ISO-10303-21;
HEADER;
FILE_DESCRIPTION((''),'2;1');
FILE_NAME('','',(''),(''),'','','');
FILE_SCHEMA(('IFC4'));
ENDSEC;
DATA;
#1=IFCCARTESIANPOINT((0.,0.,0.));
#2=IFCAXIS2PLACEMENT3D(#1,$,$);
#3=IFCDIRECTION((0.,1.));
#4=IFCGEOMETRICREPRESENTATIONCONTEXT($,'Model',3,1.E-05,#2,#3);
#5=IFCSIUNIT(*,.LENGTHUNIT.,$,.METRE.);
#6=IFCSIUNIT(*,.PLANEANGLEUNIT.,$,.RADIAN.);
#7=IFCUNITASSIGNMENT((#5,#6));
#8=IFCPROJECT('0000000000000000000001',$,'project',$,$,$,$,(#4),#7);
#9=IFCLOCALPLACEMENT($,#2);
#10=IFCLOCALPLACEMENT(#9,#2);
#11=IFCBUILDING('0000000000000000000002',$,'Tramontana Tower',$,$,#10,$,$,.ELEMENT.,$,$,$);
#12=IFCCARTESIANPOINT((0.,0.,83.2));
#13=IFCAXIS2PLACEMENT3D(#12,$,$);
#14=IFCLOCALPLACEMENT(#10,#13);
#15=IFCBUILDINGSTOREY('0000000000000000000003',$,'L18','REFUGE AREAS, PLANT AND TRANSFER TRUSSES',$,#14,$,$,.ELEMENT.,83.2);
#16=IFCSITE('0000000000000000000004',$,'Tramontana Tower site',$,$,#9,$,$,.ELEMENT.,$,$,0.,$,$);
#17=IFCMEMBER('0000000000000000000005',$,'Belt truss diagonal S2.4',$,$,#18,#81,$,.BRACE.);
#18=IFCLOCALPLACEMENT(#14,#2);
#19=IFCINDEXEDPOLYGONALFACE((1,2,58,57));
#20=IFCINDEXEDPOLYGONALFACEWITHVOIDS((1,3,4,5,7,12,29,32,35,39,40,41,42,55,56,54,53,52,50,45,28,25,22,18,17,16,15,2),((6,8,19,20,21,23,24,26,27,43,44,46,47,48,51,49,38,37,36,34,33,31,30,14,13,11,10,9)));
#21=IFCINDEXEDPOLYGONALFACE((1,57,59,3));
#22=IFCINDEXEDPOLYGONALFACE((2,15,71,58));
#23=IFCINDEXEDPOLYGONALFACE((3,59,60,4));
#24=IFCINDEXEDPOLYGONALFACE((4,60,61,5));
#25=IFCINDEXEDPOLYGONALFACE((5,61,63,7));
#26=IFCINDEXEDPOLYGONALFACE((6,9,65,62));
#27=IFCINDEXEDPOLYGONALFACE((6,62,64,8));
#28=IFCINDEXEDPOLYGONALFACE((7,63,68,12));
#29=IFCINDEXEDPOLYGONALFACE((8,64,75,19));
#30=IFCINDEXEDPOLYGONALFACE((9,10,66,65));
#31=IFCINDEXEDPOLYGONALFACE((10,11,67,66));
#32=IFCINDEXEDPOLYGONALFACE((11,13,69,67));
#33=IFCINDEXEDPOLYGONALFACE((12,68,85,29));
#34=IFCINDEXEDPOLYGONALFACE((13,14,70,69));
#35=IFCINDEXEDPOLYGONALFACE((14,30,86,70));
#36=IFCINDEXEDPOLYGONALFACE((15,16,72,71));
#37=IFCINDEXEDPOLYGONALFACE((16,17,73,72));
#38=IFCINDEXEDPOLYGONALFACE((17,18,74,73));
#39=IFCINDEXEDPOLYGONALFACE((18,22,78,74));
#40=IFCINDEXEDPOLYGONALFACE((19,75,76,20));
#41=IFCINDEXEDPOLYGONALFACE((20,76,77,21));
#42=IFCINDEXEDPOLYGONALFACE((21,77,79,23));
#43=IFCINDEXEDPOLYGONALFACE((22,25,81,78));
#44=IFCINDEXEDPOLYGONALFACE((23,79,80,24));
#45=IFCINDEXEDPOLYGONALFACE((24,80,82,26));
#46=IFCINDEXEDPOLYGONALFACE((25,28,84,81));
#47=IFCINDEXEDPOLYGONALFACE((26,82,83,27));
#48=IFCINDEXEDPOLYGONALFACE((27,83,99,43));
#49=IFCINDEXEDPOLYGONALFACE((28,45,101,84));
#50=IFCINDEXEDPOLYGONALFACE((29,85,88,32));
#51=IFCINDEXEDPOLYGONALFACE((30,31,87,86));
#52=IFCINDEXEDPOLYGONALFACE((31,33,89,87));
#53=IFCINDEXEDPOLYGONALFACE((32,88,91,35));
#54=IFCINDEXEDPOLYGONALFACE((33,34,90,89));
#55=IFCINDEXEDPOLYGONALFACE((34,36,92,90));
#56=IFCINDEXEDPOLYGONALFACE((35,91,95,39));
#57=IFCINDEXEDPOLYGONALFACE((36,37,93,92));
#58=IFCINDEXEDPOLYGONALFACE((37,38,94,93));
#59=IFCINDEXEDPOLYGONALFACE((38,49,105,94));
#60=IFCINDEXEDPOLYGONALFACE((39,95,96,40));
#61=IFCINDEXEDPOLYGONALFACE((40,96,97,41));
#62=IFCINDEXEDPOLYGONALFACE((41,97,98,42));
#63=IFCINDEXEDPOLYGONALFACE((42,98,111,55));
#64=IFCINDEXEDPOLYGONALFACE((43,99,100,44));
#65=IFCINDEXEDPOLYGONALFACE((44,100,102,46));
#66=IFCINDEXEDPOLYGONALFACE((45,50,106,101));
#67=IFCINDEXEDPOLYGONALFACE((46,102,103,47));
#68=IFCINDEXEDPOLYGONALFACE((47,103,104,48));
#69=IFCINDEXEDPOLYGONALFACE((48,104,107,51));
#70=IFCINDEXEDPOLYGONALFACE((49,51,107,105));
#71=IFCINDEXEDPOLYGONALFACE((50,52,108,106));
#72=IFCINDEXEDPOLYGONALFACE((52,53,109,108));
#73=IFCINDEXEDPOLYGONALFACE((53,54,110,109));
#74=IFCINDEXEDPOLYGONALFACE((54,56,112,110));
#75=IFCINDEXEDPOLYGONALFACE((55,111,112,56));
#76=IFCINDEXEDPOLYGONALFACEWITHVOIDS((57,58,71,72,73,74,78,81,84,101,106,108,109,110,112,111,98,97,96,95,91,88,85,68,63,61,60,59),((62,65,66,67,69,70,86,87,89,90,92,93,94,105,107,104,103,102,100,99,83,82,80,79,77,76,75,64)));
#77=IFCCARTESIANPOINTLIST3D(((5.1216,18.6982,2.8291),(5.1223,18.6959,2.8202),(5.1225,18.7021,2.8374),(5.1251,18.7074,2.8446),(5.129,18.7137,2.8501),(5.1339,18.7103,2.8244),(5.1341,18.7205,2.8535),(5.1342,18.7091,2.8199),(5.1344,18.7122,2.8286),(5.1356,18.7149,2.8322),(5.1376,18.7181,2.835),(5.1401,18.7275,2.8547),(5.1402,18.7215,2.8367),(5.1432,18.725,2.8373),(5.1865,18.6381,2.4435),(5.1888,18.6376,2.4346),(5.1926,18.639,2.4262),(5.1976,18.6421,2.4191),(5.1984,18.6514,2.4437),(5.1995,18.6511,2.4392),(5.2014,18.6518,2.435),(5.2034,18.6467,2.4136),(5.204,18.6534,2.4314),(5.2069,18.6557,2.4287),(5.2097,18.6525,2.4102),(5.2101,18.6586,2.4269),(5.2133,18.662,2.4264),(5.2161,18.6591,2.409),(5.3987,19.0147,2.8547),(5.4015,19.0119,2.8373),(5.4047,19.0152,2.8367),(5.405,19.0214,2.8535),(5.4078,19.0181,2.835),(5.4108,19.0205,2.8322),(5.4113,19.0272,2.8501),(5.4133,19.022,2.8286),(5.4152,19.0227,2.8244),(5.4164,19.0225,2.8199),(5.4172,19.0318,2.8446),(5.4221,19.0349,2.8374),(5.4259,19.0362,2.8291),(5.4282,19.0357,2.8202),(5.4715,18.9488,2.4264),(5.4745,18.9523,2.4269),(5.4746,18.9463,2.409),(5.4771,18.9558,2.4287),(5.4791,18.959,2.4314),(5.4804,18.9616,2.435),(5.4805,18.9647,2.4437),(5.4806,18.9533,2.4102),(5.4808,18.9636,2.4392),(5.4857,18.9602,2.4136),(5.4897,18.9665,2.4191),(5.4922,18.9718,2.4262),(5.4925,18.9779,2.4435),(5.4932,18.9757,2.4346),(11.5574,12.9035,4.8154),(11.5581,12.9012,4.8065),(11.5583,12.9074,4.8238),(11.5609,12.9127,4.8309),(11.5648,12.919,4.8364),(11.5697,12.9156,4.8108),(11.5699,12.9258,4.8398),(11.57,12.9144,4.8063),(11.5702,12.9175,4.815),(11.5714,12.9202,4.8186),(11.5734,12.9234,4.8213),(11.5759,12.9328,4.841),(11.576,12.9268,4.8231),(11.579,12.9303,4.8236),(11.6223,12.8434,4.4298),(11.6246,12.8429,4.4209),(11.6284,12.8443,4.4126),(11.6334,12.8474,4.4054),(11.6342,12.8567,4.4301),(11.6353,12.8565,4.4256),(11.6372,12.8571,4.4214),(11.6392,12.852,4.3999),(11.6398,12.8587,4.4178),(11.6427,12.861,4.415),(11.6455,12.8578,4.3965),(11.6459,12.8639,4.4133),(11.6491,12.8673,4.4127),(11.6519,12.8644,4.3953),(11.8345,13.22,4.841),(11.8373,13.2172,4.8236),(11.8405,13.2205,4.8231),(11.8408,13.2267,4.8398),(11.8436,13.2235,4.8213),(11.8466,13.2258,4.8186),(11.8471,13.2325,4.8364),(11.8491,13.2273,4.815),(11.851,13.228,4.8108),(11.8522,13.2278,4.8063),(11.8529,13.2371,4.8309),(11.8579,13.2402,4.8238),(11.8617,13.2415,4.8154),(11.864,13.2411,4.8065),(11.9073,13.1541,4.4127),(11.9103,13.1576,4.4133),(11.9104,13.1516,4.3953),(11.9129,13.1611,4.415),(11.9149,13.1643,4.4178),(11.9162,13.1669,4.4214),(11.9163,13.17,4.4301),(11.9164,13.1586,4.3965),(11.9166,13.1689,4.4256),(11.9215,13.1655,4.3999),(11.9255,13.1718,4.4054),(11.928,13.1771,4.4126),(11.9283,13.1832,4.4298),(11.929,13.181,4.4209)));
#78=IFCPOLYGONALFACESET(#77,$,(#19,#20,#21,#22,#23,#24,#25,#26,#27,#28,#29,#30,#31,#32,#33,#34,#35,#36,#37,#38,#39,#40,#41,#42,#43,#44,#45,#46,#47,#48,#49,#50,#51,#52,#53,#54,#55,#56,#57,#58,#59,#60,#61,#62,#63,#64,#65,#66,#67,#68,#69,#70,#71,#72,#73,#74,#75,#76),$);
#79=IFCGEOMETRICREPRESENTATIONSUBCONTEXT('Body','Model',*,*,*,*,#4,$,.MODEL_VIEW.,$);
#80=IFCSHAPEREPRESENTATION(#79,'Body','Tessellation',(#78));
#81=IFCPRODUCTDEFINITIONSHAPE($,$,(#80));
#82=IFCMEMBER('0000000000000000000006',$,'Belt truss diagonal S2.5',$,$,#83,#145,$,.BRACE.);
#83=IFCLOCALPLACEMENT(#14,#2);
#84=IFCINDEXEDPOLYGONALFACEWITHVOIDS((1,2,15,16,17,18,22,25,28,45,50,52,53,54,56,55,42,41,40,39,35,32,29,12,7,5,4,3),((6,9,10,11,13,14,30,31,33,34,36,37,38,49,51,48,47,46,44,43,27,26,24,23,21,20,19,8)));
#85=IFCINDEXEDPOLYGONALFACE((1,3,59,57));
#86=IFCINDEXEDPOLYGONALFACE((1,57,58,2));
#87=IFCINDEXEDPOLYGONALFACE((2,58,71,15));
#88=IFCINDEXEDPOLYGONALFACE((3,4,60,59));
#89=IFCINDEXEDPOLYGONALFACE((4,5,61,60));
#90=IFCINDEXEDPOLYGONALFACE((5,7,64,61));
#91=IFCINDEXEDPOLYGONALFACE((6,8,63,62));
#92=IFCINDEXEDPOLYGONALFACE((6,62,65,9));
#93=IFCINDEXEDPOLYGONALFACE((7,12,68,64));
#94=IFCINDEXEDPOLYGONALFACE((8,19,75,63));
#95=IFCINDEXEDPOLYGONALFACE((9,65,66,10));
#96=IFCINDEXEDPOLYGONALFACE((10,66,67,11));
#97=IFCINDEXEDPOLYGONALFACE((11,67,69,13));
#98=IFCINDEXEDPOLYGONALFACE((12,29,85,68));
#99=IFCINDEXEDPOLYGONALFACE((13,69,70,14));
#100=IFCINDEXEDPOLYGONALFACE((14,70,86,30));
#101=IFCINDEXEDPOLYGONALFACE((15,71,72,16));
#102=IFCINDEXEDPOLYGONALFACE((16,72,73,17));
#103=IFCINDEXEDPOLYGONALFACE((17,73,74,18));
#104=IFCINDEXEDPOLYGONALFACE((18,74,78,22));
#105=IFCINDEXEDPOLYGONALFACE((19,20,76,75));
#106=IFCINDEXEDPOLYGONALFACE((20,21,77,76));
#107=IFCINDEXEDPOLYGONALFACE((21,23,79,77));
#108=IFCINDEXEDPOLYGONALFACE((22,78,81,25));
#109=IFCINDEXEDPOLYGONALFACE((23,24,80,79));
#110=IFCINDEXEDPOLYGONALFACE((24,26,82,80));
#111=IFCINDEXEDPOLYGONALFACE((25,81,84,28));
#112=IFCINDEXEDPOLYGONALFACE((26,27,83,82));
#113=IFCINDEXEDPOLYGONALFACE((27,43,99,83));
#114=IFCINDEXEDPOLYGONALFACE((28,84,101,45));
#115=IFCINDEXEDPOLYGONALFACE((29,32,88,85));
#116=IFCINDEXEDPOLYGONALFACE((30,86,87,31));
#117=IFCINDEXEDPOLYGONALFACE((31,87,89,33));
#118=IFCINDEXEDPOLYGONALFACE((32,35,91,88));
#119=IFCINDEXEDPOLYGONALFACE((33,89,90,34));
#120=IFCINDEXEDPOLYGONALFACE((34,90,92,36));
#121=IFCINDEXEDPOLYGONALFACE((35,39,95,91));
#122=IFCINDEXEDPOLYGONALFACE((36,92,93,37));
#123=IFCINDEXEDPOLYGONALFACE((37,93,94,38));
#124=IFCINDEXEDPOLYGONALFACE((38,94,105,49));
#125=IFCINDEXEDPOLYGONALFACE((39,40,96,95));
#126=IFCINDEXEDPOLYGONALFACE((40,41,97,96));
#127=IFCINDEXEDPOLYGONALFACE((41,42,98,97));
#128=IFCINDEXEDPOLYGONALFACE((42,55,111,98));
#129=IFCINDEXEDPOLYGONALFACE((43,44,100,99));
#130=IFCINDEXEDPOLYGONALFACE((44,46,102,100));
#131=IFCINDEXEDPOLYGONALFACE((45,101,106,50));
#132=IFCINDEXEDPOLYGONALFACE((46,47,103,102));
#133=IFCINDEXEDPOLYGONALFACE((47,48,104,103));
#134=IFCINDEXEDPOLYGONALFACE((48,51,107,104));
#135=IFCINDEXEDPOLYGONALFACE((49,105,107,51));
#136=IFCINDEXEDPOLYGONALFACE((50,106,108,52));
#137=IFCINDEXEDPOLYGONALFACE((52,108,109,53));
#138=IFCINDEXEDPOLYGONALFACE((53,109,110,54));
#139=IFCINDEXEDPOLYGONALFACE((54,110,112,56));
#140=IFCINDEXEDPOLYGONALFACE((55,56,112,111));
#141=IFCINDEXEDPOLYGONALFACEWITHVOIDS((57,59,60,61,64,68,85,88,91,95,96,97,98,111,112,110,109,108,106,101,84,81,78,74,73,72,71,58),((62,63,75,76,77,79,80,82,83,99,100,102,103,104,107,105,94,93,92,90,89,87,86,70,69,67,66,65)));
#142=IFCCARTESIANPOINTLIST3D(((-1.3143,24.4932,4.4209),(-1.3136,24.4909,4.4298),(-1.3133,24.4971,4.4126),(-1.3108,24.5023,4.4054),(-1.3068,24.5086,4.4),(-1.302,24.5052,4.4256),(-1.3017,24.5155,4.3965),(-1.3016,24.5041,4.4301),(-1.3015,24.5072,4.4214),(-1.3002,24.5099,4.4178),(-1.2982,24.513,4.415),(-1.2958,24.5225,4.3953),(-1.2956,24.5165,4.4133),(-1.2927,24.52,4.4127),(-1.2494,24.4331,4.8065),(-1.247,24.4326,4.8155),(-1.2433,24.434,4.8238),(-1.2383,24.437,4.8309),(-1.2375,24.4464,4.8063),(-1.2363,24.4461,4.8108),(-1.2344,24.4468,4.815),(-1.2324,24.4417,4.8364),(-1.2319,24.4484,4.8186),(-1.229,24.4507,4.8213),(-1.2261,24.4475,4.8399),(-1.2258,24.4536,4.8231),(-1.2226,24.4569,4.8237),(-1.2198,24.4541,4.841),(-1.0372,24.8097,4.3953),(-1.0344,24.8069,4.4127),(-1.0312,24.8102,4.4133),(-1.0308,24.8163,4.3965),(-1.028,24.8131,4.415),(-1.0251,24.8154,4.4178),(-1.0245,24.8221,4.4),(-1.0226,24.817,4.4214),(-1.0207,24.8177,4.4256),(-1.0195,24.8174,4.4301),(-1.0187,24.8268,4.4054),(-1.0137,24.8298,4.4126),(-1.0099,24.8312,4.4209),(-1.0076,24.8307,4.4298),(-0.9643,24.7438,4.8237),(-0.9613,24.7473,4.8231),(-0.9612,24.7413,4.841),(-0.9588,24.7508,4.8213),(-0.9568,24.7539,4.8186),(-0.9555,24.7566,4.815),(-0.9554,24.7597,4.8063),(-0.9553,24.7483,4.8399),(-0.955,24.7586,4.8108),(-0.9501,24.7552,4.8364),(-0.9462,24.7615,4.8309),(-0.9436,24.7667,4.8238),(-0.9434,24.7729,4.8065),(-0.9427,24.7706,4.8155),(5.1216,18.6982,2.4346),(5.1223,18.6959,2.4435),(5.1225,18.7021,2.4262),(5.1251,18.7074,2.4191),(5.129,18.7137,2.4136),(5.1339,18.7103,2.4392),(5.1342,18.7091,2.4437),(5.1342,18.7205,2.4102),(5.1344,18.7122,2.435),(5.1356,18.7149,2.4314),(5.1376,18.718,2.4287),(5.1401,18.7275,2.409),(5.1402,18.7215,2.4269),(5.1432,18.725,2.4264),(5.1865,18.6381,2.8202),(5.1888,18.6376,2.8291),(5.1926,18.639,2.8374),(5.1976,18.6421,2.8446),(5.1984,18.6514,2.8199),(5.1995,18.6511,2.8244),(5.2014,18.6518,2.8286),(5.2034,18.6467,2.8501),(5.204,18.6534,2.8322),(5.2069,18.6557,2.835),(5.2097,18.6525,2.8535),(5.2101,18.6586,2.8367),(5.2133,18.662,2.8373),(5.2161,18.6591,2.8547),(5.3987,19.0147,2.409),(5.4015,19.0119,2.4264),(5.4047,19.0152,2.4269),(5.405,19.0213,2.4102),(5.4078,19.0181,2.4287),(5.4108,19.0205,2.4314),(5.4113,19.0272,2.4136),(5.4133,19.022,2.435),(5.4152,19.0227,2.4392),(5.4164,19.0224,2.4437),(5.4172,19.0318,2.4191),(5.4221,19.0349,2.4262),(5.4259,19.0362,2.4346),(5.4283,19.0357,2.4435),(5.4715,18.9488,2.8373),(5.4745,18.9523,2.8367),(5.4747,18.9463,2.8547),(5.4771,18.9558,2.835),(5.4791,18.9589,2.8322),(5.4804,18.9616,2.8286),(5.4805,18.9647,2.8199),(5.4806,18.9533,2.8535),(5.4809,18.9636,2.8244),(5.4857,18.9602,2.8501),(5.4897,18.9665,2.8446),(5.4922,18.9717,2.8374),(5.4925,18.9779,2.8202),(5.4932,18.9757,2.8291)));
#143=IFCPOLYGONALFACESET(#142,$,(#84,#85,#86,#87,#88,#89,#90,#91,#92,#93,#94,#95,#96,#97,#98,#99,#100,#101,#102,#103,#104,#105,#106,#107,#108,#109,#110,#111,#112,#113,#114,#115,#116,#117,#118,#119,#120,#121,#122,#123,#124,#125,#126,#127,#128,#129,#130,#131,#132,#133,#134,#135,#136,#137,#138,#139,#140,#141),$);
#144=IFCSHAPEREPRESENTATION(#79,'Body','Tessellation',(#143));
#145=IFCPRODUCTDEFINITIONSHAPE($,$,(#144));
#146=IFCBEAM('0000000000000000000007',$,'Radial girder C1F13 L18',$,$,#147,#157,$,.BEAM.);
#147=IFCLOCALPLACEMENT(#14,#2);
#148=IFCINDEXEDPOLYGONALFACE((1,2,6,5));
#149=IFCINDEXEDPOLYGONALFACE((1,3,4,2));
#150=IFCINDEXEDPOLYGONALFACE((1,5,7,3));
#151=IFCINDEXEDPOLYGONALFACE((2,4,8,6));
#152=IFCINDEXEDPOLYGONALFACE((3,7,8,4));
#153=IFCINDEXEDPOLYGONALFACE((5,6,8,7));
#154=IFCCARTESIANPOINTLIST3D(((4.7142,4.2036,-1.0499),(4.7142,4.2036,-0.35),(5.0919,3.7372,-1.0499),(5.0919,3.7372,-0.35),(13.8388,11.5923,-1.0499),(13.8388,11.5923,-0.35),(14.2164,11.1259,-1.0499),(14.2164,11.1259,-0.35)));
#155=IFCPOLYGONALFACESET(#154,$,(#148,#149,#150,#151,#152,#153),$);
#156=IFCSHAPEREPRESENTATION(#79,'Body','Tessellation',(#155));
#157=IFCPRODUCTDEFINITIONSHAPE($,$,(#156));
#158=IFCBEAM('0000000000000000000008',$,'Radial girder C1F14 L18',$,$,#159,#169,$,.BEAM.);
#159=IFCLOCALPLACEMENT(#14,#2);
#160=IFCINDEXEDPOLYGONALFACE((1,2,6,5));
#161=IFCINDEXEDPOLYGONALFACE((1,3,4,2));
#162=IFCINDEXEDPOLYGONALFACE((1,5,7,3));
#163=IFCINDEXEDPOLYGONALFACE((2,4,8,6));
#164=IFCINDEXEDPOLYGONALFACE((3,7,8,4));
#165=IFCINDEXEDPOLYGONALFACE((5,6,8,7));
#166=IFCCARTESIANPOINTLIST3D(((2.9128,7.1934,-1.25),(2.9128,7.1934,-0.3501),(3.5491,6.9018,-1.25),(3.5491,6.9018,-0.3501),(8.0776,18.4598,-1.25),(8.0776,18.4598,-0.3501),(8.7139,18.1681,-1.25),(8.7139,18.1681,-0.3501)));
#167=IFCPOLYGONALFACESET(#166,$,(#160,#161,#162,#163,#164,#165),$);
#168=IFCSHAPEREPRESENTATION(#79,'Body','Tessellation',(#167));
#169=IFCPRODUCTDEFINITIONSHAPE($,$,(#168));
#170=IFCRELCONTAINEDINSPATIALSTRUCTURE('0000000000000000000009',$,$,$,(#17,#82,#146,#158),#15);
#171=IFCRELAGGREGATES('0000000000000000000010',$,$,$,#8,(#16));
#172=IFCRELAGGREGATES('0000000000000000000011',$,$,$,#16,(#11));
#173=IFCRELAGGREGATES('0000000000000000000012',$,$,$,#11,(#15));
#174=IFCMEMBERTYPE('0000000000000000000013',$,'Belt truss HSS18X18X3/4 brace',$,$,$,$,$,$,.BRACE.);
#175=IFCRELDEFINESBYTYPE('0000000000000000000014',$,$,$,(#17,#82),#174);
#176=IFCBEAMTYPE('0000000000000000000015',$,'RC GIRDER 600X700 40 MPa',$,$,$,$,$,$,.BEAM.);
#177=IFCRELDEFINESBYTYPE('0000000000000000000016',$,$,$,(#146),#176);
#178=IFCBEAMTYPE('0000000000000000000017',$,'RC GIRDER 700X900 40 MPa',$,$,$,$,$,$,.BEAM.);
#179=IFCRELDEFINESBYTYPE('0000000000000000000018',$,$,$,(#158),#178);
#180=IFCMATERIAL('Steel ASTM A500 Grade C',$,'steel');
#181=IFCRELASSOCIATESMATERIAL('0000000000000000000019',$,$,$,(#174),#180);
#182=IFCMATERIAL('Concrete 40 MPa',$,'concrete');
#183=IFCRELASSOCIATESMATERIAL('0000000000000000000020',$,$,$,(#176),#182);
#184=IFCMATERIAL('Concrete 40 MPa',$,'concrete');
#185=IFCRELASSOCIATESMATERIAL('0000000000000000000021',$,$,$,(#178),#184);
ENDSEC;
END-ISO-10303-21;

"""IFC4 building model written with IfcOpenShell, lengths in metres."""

from ifc_helpers import new_model, si_unit, direction, frame, origin, origin_2d, place, context, subcontext, project, spatial, rectangle, hollow_rectangle, extrude, material, material_profile, profile_set, type_object, element, save


model = new_model("IFC4")

# Units and contexts
model_context = context("Model", 3, precision=1e-05, world=origin(), true_north=direction((0.0, 1.0)))
body_context = subcontext(model_context, "Body", "Model", "MODEL_VIEW")
ifc_project = project(units=[si_unit("LENGTHUNIT", "METRE"), si_unit("PLANEANGLEUNIT", "RADIAN")], contexts=[model_context])

# Site, building, storey
site_placement = place(None, origin())
site = spatial("IfcSite", under=ifc_project, at=site_placement, Name="Tramontana Tower site", CompositionType="ELEMENT", RefElevation=0.0)
building_placement = place(site_placement, origin())
building = spatial("IfcBuilding", under=site, at=building_placement, Name="Tramontana Tower", CompositionType="ELEMENT")
storey_placement = place(building_placement, frame((0.0, 0.0, 83.2)))
storey = spatial("IfcBuildingStorey", under=building, at=storey_placement, Name="L18", Description="REFUGE AREAS, PLANT AND TRANSFER TRUSSES", CompositionType="ELEMENT", Elevation=83.2)

# Members
ifc_material_1 = material(Name="Steel ASTM A500 Grade C", Category="steel")
ifc_material_profile_1 = material_profile(ifc_material_1, hollow_rectangle(XDim=0.4573, YDim=0.4573, WallThickness=0.0178, InnerFilletRadius=0.0178, OuterFilletRadius=0.0354, at=origin_2d()), Name="HSS18X18X3/4")
ifc_profile_set_1 = profile_set([ifc_material_profile_1], Name="Steel ASTM A500 Grade C")
member_type_1 = type_object("IfcMemberType", Name="Belt truss HSS18X18X3/4 brace", PredefinedType="BRACE", material=ifc_profile_set_1)
member_1_placement = place(storey_placement, frame((11.7432, 13.0422, 4.6182), z_axis=(-0.724344, 0.652187, -0.22356), x_axis=(-0.669122, -0.743153, 0.0)))
element("IfcMember", 1, at=member_1_placement, inside=storey, type_object=member_type_1, Name="Belt truss diagonal S2.4", PredefinedType="BRACE", context=body_context, shape_type="SweptSolid", body=[
    extrude(hollow_rectangle(XDim=0.4573, YDim=0.4573, WallThickness=0.0178, InnerFilletRadius=0.0178, OuterFilletRadius=0.0354, at=origin_2d()), origin(), (0.0, 0.0, 1.0), 8.885),
])
member_2_placement = place(storey_placement, frame((5.3074, 18.8369, 2.6318), z_axis=(-0.724331, 0.652202, 0.223556), x_axis=(-0.669138, -0.743139, 0.0)))
element("IfcMember", 2, at=member_2_placement, inside=storey, type_object=member_type_1, Name="Belt truss diagonal S2.5", PredefinedType="BRACE", context=body_context, shape_type="SweptSolid", body=[
    extrude(hollow_rectangle(XDim=0.4573, YDim=0.4573, WallThickness=0.0178, InnerFilletRadius=0.0178, OuterFilletRadius=0.0354, at=origin_2d()), origin(), (0.0, 0.0, 1.0), 8.8853),
])

# Beams
ifc_material_2 = material(Name="Concrete 40 MPa", Category="concrete")
ifc_material_profile_2 = material_profile(ifc_material_2, rectangle(XDim=0.6001, YDim=0.7, at=origin_2d()), Name="RC GIRDER 600X700 40 MPa")
ifc_profile_set_2 = profile_set([ifc_material_profile_2], Name="Concrete 40 MPa")
beam_type_1 = type_object("IfcBeamType", Name="RC GIRDER 600X700 40 MPa", PredefinedType="BEAM", material=ifc_profile_set_2)
beam_1_placement = place(storey_placement, frame((14.0276, 11.3591, -0.7), z_axis=(-0.777155, -0.629309, 0.0), x_axis=(0.629309, -0.777155, 0.0)))
element("IfcBeam", 3, at=beam_1_placement, inside=storey, type_object=beam_type_1, Name="Radial girder C1F13 L18", PredefinedType="BEAM", context=body_context, shape_type="SweptSolid", body=[
    extrude(rectangle(XDim=0.6001, YDim=0.7, at=origin_2d()), origin(), (0.0, 0.0, 1.0), 11.741),
])
ifc_material_3 = material(Name="Concrete 40 MPa", Category="concrete")
ifc_material_profile_3 = material_profile(ifc_material_3, rectangle(XDim=0.7, YDim=0.8999, at=origin_2d()), Name="RC GIRDER 700X900 40 MPa")
ifc_profile_set_3 = profile_set([ifc_material_profile_3], Name="Concrete 40 MPa")
beam_type_2 = type_object("IfcBeamType", Name="RC GIRDER 700X900 40 MPa", PredefinedType="BEAM", material=ifc_profile_set_3)
beam_2_placement = place(storey_placement, frame((8.3958, 18.314, -0.8), z_axis=(-0.416725, -0.909033, 0.0), x_axis=(0.909033, -0.416725, 0.0)))
element("IfcBeam", 4, at=beam_2_placement, inside=storey, type_object=beam_type_2, Name="Radial girder C1F14 L18", PredefinedType="BEAM", context=body_context, shape_type="SweptSolid", body=[
    extrude(rectangle(XDim=0.7, YDim=0.8999, at=origin_2d()), origin(), (0.0, 0.0, 1.0), 12.3938),
])

save(model, "model.ifc")
